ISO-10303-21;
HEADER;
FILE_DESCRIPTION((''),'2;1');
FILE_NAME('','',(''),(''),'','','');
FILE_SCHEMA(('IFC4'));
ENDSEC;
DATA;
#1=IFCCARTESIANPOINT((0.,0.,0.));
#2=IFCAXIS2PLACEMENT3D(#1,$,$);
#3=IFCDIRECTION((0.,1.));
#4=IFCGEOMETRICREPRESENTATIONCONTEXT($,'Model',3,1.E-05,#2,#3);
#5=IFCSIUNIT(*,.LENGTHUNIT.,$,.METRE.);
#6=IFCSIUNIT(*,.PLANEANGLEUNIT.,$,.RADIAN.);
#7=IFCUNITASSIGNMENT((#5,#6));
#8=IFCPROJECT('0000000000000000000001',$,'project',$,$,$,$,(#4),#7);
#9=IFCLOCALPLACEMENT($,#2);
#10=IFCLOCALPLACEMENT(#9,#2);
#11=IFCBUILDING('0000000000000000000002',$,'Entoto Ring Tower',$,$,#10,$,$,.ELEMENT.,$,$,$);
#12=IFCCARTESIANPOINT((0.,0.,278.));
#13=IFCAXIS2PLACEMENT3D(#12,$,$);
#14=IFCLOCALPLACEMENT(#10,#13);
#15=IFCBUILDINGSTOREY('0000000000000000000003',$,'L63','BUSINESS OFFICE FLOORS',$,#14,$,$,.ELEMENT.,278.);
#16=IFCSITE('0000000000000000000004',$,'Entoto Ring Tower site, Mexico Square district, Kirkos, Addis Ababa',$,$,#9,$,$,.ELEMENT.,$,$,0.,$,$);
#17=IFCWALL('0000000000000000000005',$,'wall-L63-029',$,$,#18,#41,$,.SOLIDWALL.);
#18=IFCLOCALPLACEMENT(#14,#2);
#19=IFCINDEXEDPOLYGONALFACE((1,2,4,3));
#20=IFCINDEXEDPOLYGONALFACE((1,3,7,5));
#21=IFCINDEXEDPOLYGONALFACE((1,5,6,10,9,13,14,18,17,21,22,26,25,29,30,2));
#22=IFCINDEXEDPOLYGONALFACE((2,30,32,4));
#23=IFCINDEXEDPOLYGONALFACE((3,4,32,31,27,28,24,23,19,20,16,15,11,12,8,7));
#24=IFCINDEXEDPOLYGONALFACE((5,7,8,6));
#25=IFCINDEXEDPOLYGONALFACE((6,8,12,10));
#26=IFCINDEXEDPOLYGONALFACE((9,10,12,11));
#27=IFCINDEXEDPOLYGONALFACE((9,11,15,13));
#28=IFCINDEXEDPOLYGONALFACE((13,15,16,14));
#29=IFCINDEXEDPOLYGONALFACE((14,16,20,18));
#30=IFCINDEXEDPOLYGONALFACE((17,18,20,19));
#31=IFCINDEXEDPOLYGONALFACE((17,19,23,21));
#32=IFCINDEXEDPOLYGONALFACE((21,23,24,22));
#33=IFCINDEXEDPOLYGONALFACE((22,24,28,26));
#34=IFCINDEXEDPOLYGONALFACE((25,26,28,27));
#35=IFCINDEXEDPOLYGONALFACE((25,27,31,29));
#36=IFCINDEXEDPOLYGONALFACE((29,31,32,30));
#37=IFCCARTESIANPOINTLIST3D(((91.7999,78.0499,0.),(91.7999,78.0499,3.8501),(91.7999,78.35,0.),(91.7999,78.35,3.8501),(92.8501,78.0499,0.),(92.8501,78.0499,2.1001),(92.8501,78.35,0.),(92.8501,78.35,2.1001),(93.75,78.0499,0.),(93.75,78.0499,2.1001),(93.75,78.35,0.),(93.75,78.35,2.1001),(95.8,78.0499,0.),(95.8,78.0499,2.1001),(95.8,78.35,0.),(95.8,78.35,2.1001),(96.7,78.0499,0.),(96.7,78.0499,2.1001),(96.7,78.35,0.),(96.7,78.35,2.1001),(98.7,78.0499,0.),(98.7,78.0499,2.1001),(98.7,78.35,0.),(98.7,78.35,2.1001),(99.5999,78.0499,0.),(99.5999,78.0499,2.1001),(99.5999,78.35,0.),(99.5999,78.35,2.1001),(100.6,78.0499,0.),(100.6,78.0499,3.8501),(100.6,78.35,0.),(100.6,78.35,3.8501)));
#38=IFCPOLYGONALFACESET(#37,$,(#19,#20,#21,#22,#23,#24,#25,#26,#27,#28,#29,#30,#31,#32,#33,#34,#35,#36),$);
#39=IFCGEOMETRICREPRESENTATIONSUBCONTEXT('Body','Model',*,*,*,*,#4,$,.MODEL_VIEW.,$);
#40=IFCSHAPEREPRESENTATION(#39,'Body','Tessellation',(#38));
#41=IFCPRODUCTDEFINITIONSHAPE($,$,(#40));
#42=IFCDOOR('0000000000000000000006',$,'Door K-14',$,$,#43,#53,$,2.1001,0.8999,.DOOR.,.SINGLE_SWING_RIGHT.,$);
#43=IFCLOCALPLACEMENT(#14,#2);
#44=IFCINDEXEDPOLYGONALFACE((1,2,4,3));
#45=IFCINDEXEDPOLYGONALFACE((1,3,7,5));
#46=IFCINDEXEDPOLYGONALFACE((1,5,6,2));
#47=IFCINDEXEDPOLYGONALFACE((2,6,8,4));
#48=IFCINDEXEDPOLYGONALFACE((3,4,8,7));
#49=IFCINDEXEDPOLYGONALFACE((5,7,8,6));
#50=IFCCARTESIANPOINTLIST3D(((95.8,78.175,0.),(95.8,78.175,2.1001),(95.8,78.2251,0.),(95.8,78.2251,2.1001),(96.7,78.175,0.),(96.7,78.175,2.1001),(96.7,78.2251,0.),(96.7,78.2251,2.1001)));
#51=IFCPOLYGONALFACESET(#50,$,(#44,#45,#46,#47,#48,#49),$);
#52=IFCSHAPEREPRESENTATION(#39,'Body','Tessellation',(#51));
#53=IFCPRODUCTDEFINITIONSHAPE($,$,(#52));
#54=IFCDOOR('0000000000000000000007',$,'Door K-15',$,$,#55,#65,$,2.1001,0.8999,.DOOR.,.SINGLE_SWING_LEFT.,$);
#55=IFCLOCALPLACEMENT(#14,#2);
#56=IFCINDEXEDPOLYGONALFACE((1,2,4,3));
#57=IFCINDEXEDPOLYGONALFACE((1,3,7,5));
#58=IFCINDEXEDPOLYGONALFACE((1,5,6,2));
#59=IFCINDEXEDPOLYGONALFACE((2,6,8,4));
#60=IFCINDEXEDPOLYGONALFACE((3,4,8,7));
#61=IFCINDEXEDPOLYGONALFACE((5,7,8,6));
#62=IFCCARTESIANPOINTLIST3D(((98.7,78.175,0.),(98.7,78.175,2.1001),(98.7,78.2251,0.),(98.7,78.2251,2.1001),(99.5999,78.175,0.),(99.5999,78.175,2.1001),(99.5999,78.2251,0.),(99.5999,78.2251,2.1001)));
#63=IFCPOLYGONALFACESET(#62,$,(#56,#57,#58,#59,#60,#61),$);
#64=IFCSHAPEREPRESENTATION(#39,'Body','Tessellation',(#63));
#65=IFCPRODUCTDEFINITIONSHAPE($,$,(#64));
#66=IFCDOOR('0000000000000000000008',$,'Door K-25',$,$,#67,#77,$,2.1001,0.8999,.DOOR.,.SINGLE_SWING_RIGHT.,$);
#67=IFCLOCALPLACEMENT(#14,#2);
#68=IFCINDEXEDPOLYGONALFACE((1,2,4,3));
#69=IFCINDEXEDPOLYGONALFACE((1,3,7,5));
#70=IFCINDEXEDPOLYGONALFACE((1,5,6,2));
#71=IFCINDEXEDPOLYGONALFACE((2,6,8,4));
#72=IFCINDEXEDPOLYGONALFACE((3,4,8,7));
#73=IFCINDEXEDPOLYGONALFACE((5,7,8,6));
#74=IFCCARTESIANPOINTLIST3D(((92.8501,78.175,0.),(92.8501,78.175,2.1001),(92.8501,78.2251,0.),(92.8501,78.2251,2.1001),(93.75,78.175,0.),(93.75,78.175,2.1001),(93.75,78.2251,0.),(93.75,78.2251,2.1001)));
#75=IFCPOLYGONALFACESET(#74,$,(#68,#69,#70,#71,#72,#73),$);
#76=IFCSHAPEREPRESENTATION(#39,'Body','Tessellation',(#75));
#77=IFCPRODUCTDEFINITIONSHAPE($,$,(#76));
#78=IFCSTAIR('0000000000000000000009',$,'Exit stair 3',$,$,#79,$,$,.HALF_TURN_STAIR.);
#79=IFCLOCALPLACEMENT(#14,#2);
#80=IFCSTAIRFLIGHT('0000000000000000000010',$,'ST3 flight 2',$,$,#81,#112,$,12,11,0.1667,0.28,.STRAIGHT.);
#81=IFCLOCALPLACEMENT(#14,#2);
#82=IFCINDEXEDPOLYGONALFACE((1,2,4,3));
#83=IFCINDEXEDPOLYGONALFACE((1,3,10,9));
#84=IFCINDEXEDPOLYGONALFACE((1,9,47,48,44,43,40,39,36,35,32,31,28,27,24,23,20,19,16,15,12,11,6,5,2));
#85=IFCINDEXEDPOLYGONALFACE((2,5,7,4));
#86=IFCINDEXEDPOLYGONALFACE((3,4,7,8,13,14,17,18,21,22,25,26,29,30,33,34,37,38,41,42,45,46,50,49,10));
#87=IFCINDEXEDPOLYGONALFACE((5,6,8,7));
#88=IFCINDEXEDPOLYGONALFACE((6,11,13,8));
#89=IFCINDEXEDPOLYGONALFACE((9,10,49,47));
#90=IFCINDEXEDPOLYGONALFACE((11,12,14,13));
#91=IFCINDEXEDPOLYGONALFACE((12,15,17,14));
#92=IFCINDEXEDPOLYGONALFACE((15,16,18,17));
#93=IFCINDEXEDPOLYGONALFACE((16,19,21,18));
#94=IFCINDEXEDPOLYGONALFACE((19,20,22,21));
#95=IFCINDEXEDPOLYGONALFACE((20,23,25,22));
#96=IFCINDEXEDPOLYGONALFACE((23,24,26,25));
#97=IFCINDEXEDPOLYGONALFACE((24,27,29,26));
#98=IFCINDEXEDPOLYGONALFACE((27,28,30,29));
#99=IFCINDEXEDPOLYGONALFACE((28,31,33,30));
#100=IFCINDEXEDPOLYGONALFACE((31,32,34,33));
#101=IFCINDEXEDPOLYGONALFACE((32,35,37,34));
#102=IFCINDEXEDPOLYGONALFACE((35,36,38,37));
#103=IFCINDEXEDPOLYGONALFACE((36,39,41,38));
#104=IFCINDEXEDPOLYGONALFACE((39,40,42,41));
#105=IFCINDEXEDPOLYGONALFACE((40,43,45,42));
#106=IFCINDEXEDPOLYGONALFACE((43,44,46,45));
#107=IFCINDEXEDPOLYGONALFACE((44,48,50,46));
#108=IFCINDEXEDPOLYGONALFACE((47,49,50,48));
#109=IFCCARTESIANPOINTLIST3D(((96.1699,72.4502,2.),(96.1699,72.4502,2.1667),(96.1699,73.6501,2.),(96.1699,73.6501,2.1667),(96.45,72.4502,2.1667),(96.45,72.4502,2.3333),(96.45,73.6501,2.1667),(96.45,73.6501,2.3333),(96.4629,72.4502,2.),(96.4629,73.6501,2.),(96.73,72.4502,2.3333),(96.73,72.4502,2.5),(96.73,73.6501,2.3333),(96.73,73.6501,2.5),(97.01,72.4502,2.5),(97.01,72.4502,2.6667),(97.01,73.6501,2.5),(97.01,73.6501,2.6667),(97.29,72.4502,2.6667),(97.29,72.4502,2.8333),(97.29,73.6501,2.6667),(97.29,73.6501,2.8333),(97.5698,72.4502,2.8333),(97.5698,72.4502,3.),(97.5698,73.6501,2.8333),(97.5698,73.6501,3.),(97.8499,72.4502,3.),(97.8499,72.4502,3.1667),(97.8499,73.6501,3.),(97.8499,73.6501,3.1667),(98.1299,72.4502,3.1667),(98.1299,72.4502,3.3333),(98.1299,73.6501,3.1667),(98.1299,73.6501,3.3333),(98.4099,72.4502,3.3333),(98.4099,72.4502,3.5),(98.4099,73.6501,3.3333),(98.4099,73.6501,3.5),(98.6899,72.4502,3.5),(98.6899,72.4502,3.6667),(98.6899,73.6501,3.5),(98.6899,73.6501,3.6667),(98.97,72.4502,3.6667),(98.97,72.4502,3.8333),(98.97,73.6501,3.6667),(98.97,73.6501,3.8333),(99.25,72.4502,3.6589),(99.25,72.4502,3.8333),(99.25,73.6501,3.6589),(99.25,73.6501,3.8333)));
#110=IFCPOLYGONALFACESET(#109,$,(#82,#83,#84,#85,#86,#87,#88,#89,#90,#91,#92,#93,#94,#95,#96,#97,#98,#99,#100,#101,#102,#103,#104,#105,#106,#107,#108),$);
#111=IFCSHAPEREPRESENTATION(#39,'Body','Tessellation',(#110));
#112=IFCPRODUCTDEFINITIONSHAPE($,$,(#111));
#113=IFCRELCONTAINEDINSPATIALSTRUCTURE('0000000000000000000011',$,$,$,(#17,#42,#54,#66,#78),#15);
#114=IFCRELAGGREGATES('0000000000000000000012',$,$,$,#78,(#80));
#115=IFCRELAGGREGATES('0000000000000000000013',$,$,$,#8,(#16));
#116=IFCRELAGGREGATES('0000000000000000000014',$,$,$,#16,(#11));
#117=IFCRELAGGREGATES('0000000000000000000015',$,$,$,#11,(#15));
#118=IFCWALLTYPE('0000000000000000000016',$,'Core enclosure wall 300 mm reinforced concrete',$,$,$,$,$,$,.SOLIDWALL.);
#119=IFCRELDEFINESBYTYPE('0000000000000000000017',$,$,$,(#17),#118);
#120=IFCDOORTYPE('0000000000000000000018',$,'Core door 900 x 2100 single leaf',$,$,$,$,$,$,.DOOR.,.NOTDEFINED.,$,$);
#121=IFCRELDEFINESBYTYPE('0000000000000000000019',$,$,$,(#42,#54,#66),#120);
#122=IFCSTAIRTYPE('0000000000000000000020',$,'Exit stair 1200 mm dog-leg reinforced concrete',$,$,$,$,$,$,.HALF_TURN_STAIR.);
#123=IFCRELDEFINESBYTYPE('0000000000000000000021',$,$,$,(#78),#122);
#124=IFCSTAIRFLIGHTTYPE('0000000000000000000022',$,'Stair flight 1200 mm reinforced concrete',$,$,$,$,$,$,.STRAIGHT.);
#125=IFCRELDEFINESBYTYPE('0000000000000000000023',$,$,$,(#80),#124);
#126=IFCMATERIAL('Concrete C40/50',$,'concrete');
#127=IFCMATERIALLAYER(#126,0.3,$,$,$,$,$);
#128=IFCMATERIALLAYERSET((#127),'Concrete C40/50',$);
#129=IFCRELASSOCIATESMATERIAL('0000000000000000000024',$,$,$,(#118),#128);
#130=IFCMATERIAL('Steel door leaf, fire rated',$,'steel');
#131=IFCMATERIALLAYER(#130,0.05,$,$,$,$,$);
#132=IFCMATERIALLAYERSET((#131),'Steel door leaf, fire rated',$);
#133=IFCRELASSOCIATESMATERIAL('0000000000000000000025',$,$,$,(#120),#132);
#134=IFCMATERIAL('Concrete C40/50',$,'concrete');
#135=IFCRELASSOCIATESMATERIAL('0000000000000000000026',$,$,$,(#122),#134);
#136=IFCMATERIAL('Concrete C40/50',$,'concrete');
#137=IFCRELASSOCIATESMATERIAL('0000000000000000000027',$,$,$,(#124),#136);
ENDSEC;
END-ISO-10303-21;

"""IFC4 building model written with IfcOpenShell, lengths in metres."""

from ifc_helpers import new_model, si_unit, direction, frame, frame_2d, origin, place, context, subcontext, project, spatial, polyline, rectangle, outline, extrude, material, layer, layer_set, type_object, element, fill, aggregate, save


model = new_model("IFC4")

# Units and contexts
model_context = context("Model", 3, precision=1e-05, world=origin(), true_north=direction((0.0, 1.0)))
body_context = subcontext(model_context, "Body", "Model", "MODEL_VIEW")
ifc_project = project(units=[si_unit("LENGTHUNIT", "METRE"), si_unit("PLANEANGLEUNIT", "RADIAN")], contexts=[model_context])

# Site, building, storey
site_placement = place(None, origin())
site = spatial("IfcSite", under=ifc_project, at=site_placement, Name="Entoto Ring Tower site, Mexico Square district, Kirkos, Addis Ababa", CompositionType="ELEMENT", RefElevation=0.0)
building_placement = place(site_placement, origin())
building = spatial("IfcBuilding", under=site, at=building_placement, Name="Entoto Ring Tower", CompositionType="ELEMENT")
storey_placement = place(building_placement, frame((0.0, 0.0, 278.0)))
storey = spatial("IfcBuildingStorey", under=building, at=storey_placement, Name="L63", Description="BUSINESS OFFICE FLOORS", CompositionType="ELEMENT", Elevation=278.0)

# Shared definitions
ifc_material_1 = material(Name="Concrete C40/50", Category="concrete")
ifc_layer_1 = layer(ifc_material_1, 0.3)
ifc_layer_set_1 = layer_set([ifc_layer_1], Name="Concrete C40/50")
wall_type = type_object("IfcWallType", Name="Core enclosure wall 300 mm reinforced concrete", PredefinedType="SOLIDWALL", material=ifc_layer_set_1)

# Shared definitions
ifc_material_2 = material(Name="Steel door leaf, fire rated", Category="steel")
ifc_layer_2 = layer(ifc_material_2, 0.05)
ifc_layer_set_2 = layer_set([ifc_layer_2], Name="Steel door leaf, fire rated")
door_type_1 = type_object("IfcDoorType", Name="Core door 900 x 2100 single leaf", OperationType="NOTDEFINED", PredefinedType="DOOR", material=ifc_layer_set_2)

# Wall, openings, doors
wall_1_placement = place(storey_placement, frame((91.8, 78.2, 0.0), z_axis=(0.0, 0.0, 1.0), x_axis=(1.0, 0.0, 0.0)))
wall_1 = element("IfcWall", 1, at=wall_1_placement, inside=storey, type_object=wall_type, Name="wall-L63-029", PredefinedType="SOLIDWALL", context=body_context, shape_type="SweptSolid", body=[
    extrude(rectangle(XDim=8.8, YDim=0.3, at=frame_2d((4.3999, 0.0))), origin(), (0.0, 0.0, 1.0), 3.8501),
])
opening_1_placement = place(wall_1_placement, frame((4.0, 0.0, 0.0)))
opening_1 = element("IfcOpeningElement", 2, at=opening_1_placement, cuts=wall_1, PredefinedType="OPENING", context=body_context, shape_type="SweptSolid", body=[
    extrude(rectangle(XDim=0.8999, YDim=2.1001, at=frame_2d((0.45, 1.05))), frame((0.0, 0.1602, 0.0), z_axis=(0.0, -1.0, 0.0), x_axis=(1.0, 0.0, 0.0)), (0.0, 0.0, 1.0), 0.3201),
])
opening_2_placement = place(wall_1_placement, frame((6.8999, 0.0, 0.0)))
opening_2 = element("IfcOpeningElement", 3, at=opening_2_placement, cuts=wall_1, PredefinedType="OPENING", context=body_context, shape_type="SweptSolid", body=[
    extrude(rectangle(XDim=0.8999, YDim=2.1001, at=frame_2d((0.45, 1.05))), frame((0.0, 0.1602, 0.0), z_axis=(0.0, -1.0, 0.0), x_axis=(1.0, 0.0, 0.0)), (0.0, 0.0, 1.0), 0.3201),
])
opening_3_placement = place(wall_1_placement, frame((1.05, 0.0, 0.0)))
opening_3 = element("IfcOpeningElement", 4, at=opening_3_placement, cuts=wall_1, PredefinedType="OPENING", context=body_context, shape_type="SweptSolid", body=[
    extrude(rectangle(XDim=0.8999, YDim=2.1001, at=frame_2d((0.45, 1.05))), frame((0.0, 0.1602, 0.0), z_axis=(0.0, -1.0, 0.0), x_axis=(1.0, 0.0, 0.0)), (0.0, 0.0, 1.0), 0.3201),
])
door_1_placement = place(opening_1_placement, frame((0.8999, 0.0, 0.0), z_axis=(0.0, 0.0, 1.0), x_axis=(-1.0, 0.0, 0.0)))
door_1 = element("IfcDoor", 5, at=door_1_placement, inside=storey, type_object=door_type_1, Name="Door K-14", OperationType="SINGLE_SWING_RIGHT", OverallHeight=2.1001, OverallWidth=0.8999, PredefinedType="DOOR", context=body_context, shape_type="SweptSolid", body=[
    extrude(rectangle(XDim=0.8999, YDim=2.1001, at=frame_2d((0.45, 1.05))), frame((0.0, 0.0249, 0.0), z_axis=(0.0, -1.0, 0.0), x_axis=(1.0, 0.0, 0.0)), (0.0, 0.0, 1.0), 0.05),
])
fill(opening_1, door_1)
door_2_placement = place(opening_2_placement, frame((0.8999, 0.0, 0.0), z_axis=(0.0, 0.0, 1.0), x_axis=(-1.0, 0.0, 0.0)))
door_2 = element("IfcDoor", 6, at=door_2_placement, inside=storey, type_object=door_type_1, Name="Door K-15", OperationType="SINGLE_SWING_LEFT", OverallHeight=2.1001, OverallWidth=0.8999, PredefinedType="DOOR", context=body_context, shape_type="SweptSolid", body=[
    extrude(rectangle(XDim=0.8999, YDim=2.1001, at=frame_2d((0.45, 1.05))), frame((0.0, 0.0249, 0.0), z_axis=(0.0, -1.0, 0.0), x_axis=(1.0, 0.0, 0.0)), (0.0, 0.0, 1.0), 0.05),
])
fill(opening_2, door_2)
door_3_placement = place(opening_3_placement, frame((0.8999, 0.0, 0.0), z_axis=(0.0, 0.0, 1.0), x_axis=(-1.0, 0.0, 0.0)))
door_3 = element("IfcDoor", 7, at=door_3_placement, inside=storey, type_object=door_type_1, Name="Door K-25", OperationType="SINGLE_SWING_RIGHT", OverallHeight=2.1001, OverallWidth=0.8999, PredefinedType="DOOR", context=body_context, shape_type="SweptSolid", body=[
    extrude(rectangle(XDim=0.8999, YDim=2.1001, at=frame_2d((0.45, 1.05))), frame((0.0, 0.0249, 0.0), z_axis=(0.0, -1.0, 0.0), x_axis=(1.0, 0.0, 0.0)), (0.0, 0.0, 1.0), 0.05),
])
fill(opening_3, door_3)

# Stair, stair flight
ifc_material_3 = material(Name="Concrete C40/50", Category="concrete")
stair_type = type_object("IfcStairType", Name="Exit stair 1200 mm dog-leg reinforced concrete", PredefinedType="HALF_TURN_STAIR", material=ifc_material_3)
stair_placement = place(storey_placement, origin())
stair = element("IfcStair", 8, at=stair_placement, inside=storey, type_object=stair_type, Name="Exit stair 3", PredefinedType="HALF_TURN_STAIR")
ifc_material_4 = material(Name="Concrete C40/50", Category="concrete")
stair_flight_type = type_object("IfcStairFlightType", Name="Stair flight 1200 mm reinforced concrete", PredefinedType="STRAIGHT", material=ifc_material_4)
stair_flight_placement = place(storey_placement, frame((96.1699, 73.05, 2.0), z_axis=(0.0, 0.0, 1.0), x_axis=(1.0, 0.0, 0.0)))
stair_flight = element("IfcStairFlight", 9, at=stair_flight_placement, type_object=stair_flight_type, Name="ST3 flight 2", NumberOfRisers=12, NumberOfTreads=11, PredefinedType="STRAIGHT", RiserHeight=0.1667, TreadLength=0.28, context=body_context, shape_type="SweptSolid", body=[
    extrude(outline(polyline([(0.0, 0.0), (0.0, 0.1667), (0.28, 0.1667), (0.28, 0.3333), (0.5601, 0.3333), (0.5601, 0.5), (0.8401, 0.5), (0.8401, 0.6667), (1.1201, 0.6667), (1.1201, 0.8333), (1.3999, 0.8333), (1.3999, 1.0), (1.6799, 1.0), (1.6799, 1.1667), (1.96, 1.1667), (1.96, 1.3333), (2.24, 1.3333), (2.24, 1.5), (2.52, 1.5), (2.52, 1.6667), (2.8, 1.6667), (2.8, 1.8333), (3.0801, 1.8333), (3.0801, 2.0), (3.0801, 1.6589), (0.293, 0.0), (0.0, 0.0)])), frame((0.0, 0.6001, 0.0), z_axis=(0.0, -1.0, 0.0), x_axis=(1.0, 0.0, 0.0)), (0.0, 0.0, 1.0), 1.2),
])
aggregate(stair, [stair_flight])

save(model, "model.ifc")
